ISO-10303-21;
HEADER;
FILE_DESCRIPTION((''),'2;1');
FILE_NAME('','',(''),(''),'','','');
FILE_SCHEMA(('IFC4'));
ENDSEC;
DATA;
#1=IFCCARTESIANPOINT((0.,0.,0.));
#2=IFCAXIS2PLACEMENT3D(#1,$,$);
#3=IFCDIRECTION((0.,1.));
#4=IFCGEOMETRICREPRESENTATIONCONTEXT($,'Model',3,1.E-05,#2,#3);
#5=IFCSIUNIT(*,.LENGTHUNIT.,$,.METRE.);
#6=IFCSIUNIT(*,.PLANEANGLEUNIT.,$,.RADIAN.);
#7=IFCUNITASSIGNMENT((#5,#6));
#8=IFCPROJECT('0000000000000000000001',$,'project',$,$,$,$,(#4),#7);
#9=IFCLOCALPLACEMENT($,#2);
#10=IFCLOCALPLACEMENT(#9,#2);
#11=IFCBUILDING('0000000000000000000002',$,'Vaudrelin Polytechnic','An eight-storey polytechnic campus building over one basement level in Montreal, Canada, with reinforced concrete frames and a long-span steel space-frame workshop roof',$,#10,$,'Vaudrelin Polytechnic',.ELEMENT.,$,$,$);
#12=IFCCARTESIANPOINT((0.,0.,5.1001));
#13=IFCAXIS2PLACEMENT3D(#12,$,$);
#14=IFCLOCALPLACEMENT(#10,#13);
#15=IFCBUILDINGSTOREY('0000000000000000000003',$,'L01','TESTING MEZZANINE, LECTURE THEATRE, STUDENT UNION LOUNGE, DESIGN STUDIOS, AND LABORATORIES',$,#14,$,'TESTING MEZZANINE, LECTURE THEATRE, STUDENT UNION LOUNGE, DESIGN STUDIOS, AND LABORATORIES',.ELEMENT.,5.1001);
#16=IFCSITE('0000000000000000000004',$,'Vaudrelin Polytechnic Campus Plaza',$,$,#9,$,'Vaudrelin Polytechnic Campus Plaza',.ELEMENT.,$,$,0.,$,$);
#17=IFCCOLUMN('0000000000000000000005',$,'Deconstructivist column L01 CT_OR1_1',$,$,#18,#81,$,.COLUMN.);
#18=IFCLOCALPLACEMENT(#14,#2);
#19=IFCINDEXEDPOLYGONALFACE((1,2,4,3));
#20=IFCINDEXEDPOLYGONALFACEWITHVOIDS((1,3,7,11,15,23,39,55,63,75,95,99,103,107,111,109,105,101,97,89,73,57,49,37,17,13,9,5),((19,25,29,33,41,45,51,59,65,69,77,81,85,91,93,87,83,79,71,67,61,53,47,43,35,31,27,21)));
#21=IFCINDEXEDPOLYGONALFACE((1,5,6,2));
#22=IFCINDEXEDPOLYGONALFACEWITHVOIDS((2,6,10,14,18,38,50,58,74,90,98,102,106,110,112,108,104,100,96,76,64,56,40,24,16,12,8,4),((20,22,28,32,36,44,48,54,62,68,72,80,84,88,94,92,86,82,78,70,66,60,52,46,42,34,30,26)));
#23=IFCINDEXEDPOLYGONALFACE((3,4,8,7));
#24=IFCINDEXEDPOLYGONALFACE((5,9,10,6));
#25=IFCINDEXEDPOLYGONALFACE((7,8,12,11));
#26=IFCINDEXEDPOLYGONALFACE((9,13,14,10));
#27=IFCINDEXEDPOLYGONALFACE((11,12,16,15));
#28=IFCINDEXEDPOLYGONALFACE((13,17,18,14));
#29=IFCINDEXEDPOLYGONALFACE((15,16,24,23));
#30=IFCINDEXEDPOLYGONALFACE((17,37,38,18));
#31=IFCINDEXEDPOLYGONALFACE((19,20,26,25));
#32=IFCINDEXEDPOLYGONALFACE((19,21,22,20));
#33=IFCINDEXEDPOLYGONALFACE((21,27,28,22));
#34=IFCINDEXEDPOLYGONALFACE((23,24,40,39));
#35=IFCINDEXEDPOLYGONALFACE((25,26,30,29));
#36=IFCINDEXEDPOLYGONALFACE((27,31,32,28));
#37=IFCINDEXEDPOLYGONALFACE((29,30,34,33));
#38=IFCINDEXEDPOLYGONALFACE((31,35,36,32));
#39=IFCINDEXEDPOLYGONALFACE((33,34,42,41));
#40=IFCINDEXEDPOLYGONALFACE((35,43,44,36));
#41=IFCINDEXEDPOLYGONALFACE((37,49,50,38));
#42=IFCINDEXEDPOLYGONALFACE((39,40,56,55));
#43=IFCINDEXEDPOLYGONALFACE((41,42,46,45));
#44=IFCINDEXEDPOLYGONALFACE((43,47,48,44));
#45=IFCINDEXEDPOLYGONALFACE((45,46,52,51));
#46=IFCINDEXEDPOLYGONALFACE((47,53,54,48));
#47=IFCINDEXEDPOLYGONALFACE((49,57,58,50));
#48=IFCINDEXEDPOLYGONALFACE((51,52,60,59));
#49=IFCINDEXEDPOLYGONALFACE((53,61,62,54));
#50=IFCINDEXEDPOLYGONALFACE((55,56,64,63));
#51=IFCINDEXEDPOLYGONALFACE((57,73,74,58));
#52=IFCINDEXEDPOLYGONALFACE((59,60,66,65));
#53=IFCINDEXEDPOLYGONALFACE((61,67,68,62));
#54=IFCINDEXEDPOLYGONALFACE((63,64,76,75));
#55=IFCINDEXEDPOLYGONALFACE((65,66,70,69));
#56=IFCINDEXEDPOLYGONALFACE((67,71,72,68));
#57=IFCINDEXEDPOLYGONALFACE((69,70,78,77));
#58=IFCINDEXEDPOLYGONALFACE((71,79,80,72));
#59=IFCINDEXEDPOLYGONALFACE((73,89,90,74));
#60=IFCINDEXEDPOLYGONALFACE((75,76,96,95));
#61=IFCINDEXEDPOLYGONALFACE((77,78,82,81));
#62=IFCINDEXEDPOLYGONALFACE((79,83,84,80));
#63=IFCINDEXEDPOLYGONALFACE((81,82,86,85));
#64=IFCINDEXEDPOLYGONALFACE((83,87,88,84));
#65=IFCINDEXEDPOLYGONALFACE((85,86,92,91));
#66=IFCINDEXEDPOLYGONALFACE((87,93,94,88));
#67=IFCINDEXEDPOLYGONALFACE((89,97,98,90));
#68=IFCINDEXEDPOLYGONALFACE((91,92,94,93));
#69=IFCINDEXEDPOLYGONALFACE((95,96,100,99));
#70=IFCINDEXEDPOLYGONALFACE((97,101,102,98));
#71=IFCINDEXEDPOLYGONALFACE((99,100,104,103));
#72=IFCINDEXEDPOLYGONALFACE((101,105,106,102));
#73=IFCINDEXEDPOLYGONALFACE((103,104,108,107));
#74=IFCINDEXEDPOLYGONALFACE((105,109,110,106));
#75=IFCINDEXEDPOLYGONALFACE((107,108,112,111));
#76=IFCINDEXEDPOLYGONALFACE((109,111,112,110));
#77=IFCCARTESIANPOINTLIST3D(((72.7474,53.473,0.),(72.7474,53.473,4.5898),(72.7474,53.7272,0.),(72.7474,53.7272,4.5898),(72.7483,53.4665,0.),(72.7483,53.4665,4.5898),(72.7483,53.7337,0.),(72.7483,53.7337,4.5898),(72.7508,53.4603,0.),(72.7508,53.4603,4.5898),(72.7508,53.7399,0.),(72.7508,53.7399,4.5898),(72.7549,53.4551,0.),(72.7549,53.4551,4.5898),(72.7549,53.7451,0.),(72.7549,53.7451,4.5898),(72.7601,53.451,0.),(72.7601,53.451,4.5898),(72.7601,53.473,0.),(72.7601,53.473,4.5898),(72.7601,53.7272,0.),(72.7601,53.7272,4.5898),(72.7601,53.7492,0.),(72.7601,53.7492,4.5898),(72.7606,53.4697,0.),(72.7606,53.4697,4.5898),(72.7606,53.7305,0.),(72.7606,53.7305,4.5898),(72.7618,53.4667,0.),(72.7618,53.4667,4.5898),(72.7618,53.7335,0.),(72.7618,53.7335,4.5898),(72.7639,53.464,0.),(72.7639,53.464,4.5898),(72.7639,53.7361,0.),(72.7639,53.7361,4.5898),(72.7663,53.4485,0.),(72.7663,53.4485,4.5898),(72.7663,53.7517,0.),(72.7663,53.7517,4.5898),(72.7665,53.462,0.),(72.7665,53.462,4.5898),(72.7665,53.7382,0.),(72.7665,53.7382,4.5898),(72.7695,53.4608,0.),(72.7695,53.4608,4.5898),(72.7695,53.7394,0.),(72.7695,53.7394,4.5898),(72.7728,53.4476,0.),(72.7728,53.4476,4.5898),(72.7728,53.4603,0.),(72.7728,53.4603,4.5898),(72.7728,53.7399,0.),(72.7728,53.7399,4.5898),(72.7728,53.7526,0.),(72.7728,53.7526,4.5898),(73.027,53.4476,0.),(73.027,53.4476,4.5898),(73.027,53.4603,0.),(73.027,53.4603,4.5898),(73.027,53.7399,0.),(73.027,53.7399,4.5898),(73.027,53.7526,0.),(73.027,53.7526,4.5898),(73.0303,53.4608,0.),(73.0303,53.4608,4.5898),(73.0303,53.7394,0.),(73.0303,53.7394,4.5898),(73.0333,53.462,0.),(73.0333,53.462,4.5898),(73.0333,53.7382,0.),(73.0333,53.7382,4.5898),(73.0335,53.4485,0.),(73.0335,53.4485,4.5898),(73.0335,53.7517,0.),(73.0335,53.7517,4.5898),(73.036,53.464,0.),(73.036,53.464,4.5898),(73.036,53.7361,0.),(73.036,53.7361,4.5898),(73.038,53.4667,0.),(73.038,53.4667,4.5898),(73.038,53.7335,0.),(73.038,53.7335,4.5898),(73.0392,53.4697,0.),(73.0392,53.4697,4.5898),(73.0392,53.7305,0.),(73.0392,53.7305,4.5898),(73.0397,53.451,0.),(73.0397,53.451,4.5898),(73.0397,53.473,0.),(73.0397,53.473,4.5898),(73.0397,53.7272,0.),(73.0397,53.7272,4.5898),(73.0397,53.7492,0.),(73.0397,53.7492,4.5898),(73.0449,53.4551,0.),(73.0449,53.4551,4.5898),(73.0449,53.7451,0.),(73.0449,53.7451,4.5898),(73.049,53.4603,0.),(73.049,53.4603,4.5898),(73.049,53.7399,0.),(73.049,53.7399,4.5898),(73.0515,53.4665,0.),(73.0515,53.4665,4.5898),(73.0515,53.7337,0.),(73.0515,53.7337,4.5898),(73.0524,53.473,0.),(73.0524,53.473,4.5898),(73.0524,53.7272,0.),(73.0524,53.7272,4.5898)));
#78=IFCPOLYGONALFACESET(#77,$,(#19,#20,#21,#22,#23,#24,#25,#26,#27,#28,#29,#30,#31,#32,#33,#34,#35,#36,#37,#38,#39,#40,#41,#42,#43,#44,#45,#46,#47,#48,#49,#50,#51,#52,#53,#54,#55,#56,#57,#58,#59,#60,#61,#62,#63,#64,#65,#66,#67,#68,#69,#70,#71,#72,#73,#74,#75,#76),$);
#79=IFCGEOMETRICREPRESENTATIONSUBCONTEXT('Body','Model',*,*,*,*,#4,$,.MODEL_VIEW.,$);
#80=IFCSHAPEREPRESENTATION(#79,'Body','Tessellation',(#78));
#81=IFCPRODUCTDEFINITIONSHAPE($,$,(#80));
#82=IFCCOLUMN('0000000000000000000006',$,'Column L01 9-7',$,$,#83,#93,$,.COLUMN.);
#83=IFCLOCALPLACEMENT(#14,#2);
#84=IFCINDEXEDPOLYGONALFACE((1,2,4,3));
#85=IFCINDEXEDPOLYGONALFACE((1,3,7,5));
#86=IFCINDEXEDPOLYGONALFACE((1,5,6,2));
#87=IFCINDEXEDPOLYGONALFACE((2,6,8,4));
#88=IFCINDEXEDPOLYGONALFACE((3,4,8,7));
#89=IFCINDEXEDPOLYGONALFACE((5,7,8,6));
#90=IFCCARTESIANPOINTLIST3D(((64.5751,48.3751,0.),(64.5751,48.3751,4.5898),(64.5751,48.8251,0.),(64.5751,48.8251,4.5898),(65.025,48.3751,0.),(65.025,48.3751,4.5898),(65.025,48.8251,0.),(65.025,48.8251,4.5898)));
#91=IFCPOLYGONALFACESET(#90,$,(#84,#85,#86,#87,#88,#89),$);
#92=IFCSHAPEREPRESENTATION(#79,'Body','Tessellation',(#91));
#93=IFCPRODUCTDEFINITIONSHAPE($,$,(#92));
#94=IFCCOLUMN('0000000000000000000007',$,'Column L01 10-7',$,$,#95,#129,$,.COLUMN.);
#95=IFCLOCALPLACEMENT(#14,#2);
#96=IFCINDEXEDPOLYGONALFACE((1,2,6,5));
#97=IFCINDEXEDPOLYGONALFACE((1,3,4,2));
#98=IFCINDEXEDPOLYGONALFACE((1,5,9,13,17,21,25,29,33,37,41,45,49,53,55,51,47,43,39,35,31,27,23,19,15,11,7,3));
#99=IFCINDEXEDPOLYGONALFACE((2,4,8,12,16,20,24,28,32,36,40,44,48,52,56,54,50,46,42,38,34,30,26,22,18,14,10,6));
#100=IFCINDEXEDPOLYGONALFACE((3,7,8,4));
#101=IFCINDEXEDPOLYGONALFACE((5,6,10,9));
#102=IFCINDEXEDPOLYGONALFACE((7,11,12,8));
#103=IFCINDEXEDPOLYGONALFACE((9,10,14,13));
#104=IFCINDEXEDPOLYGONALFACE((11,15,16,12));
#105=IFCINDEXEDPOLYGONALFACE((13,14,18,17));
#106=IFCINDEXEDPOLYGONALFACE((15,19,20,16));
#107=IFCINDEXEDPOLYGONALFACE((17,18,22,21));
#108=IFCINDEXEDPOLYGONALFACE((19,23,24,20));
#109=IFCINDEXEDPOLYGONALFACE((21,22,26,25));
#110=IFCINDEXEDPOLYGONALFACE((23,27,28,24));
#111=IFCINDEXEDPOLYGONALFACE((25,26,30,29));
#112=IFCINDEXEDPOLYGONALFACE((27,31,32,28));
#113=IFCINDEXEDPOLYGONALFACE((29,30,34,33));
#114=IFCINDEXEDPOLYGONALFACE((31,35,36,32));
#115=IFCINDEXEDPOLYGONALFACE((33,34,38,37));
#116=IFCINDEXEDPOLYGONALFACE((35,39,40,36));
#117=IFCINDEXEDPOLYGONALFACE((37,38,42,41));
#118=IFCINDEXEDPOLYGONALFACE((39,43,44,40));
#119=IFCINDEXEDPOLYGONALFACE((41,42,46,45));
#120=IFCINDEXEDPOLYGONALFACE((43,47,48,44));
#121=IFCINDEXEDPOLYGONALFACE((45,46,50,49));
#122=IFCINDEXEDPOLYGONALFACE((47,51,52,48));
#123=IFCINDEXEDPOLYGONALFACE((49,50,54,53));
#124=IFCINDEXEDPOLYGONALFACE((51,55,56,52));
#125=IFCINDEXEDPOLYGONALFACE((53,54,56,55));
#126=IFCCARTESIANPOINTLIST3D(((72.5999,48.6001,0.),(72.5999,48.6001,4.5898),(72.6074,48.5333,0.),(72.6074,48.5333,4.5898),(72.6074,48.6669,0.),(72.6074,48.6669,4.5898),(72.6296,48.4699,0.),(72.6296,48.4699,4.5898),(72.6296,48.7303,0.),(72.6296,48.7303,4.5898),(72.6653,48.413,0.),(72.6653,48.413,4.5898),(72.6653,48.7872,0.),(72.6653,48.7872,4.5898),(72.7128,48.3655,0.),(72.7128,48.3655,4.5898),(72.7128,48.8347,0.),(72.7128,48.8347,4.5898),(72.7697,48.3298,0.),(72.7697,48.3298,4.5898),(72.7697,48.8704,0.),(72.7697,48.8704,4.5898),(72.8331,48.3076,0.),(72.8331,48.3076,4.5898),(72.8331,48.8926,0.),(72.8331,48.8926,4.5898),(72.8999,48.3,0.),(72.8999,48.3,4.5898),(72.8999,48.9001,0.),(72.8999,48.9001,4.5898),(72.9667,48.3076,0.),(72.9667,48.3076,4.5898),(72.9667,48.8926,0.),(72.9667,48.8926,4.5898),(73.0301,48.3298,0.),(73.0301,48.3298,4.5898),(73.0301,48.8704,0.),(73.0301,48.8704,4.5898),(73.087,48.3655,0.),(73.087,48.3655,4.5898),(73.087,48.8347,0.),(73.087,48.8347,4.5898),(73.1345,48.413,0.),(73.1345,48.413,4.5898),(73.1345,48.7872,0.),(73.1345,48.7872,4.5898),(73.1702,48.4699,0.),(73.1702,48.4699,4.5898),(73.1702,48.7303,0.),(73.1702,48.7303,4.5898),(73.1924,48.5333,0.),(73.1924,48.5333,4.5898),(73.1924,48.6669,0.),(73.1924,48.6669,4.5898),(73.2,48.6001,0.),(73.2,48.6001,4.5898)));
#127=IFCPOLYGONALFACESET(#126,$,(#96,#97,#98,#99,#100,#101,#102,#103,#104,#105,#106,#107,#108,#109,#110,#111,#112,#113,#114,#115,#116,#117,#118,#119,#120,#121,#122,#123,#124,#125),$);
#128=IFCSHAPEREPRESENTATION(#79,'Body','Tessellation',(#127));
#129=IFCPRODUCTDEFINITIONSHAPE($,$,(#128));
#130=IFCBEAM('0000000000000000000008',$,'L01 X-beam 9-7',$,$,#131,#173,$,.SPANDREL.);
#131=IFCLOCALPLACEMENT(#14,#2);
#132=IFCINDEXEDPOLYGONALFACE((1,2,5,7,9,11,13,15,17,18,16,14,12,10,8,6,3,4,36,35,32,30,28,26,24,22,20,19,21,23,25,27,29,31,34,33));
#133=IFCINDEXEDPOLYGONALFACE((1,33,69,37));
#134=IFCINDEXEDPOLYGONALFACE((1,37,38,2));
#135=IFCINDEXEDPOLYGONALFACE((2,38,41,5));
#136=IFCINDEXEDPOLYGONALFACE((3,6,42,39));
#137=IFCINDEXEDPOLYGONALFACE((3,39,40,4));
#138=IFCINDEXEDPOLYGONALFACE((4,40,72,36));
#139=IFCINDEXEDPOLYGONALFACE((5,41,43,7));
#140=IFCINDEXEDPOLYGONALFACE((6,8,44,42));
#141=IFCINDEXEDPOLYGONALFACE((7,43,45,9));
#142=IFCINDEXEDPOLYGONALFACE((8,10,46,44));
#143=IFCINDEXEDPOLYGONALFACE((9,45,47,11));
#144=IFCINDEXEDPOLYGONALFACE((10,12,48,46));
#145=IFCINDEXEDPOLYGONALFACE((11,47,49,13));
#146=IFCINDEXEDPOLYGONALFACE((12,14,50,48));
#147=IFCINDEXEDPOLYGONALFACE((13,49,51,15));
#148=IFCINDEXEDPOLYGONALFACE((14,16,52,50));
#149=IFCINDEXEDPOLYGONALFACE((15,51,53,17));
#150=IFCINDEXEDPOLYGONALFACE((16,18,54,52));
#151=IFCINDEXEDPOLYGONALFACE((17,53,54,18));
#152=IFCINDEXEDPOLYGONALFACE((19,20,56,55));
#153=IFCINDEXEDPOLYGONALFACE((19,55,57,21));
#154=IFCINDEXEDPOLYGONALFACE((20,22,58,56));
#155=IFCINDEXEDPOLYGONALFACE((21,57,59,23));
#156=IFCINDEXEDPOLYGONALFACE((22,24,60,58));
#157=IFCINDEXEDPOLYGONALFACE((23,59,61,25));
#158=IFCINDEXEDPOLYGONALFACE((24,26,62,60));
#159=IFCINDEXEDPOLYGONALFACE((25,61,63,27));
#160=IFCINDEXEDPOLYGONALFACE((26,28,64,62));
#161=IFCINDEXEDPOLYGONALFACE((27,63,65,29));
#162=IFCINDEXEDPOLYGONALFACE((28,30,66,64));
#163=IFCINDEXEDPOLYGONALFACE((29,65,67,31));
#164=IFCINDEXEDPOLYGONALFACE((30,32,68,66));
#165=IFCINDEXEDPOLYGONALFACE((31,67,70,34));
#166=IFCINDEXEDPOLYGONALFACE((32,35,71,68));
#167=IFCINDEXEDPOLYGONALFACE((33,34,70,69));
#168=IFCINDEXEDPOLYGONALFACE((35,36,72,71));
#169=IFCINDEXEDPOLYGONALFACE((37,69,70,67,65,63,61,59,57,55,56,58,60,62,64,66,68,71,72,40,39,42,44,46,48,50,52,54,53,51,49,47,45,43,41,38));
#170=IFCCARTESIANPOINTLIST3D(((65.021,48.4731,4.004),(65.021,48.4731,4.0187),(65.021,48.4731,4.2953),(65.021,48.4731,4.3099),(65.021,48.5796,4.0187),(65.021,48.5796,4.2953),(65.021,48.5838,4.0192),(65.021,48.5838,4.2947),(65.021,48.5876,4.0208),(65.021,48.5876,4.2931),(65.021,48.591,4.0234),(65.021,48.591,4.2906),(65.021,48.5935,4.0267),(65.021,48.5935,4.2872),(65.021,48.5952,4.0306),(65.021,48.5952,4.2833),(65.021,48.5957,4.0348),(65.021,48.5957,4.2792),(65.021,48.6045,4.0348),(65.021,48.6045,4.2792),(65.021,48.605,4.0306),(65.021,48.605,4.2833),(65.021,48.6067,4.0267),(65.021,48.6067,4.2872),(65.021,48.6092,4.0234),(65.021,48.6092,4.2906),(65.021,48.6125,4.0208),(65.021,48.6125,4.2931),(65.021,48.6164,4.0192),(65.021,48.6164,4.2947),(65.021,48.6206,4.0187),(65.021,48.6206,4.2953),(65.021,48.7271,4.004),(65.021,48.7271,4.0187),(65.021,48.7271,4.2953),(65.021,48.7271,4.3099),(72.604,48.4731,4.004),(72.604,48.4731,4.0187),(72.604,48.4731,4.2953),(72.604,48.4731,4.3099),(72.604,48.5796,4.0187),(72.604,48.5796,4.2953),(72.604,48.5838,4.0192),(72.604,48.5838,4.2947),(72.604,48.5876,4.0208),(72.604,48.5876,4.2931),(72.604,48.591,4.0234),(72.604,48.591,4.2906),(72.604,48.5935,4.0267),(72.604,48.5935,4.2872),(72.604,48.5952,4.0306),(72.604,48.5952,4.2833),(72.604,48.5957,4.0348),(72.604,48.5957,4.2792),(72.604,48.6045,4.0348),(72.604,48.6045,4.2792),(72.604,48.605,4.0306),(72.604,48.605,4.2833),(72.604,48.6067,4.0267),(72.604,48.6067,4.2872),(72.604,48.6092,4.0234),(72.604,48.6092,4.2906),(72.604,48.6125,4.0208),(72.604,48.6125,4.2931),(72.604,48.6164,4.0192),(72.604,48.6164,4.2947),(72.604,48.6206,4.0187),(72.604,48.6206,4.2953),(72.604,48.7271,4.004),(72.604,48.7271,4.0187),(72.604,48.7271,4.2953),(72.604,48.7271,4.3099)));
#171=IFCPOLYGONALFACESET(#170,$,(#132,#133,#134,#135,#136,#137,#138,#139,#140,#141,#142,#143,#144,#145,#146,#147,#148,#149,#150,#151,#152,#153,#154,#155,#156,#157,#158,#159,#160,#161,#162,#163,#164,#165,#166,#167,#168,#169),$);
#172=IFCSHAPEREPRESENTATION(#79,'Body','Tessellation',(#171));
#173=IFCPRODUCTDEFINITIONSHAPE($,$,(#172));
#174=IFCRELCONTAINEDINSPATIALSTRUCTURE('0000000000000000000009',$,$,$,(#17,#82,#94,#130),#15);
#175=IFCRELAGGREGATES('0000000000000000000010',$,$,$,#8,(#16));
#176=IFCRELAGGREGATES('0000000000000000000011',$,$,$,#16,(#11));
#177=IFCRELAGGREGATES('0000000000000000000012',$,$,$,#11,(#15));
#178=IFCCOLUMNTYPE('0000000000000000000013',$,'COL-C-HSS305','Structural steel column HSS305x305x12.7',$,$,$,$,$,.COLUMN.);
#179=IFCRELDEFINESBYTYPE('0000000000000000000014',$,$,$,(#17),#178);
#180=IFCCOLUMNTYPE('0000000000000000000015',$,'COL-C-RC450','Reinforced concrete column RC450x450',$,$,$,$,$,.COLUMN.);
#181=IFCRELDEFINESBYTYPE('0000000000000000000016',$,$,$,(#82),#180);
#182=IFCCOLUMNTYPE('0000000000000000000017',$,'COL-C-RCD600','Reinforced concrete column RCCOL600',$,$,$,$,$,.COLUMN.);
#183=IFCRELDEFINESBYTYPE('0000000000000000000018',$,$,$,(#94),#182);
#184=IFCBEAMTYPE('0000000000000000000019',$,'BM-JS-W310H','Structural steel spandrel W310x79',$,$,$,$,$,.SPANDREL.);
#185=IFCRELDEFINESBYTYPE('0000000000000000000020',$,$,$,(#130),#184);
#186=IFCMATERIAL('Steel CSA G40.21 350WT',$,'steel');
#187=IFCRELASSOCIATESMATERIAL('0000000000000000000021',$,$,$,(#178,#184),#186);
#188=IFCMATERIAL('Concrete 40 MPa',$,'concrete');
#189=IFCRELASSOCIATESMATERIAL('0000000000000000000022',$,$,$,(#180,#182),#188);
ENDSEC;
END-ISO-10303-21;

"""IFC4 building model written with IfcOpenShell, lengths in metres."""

from ifc_helpers import new_model, si_unit, direction, frame, origin, origin_2d, place, context, subcontext, project, spatial, rectangle, hollow_rectangle, circle, i_section, extrude, material, material_profile, profile_set, type_object, element, save


model = new_model("IFC4")

# Units and contexts
model_context = context("Model", 3, precision=1e-05, world=origin(), true_north=direction((0.0, 1.0)))
body_context = subcontext(model_context, "Body", "Model", "MODEL_VIEW")
ifc_project = project(units=[si_unit("LENGTHUNIT", "METRE"), si_unit("PLANEANGLEUNIT", "RADIAN")], contexts=[model_context])

# Site, building, storey
site_placement = place(None, origin())
site = spatial("IfcSite", under=ifc_project, at=site_placement, Name="Vaudrelin Polytechnic Campus Plaza", LongName="Vaudrelin Polytechnic Campus Plaza", CompositionType="ELEMENT", RefElevation=0.0)
building_placement = place(site_placement, origin())
building = spatial("IfcBuilding", under=site, at=building_placement, Name="Vaudrelin Polytechnic", Description="An eight-storey polytechnic campus building over one basement level in Montreal, Canada, with reinforced concrete frames and a long-span steel space-frame workshop roof", LongName="Vaudrelin Polytechnic", CompositionType="ELEMENT")
storey_placement = place(building_placement, frame((0.0, 0.0, 5.1001)))
storey = spatial("IfcBuildingStorey", under=building, at=storey_placement, Name="L01", Description="TESTING MEZZANINE, LECTURE THEATRE, STUDENT UNION LOUNGE, DESIGN STUDIOS, AND LABORATORIES", LongName="TESTING MEZZANINE, LECTURE THEATRE, STUDENT UNION LOUNGE, DESIGN STUDIOS, AND LABORATORIES", CompositionType="ELEMENT", Elevation=5.1001)

# Columns
ifc_material_1 = material(Name="Steel CSA G40.21 350WT", Category="steel")
ifc_material_profile_1 = material_profile(ifc_material_1, hollow_rectangle(XDim=0.3049, YDim=0.3049, WallThickness=0.0127, InnerFilletRadius=0.0127, OuterFilletRadius=0.0254, at=origin_2d()), Name="HSS305x305x12.7")
ifc_profile_set_1 = profile_set([ifc_material_profile_1], Name="Steel CSA G40.21 350WT")
column_type_1 = type_object("IfcColumnType", Name="COL-C-HSS305", Description="Structural steel column HSS305x305x12.7", PredefinedType="COLUMN", material=ifc_profile_set_1)
column_1_placement = place(storey_placement, frame((72.8999, 53.6001, 0.0), z_axis=(0.0, 0.0, 1.0), x_axis=(1.0, 0.0, 0.0)))
element("IfcColumn", 1, at=column_1_placement, inside=storey, type_object=column_type_1, Name="Deconstructivist column L01 CT_OR1_1", PredefinedType="COLUMN", context=body_context, shape_type="SweptSolid", body=[
    extrude(hollow_rectangle(XDim=0.3049, YDim=0.3049, WallThickness=0.0127, InnerFilletRadius=0.0127, OuterFilletRadius=0.0254, at=origin_2d()), origin(), (0.0, 0.0, 1.0), 4.5898),
])
ifc_material_2 = material(Name="Concrete 40 MPa", Category="concrete")
ifc_material_profile_2 = material_profile(ifc_material_2, rectangle(XDim=0.45, YDim=0.45, at=origin_2d()), Name="RC450x450")
ifc_profile_set_2 = profile_set([ifc_material_profile_2], Name="Concrete 40 MPa")
column_type_2 = type_object("IfcColumnType", Name="COL-C-RC450", Description="Reinforced concrete column RC450x450", PredefinedType="COLUMN", material=ifc_profile_set_2)
column_2_placement = place(storey_placement, frame((64.8, 48.6001, 0.0), z_axis=(0.0, 0.0, 1.0), x_axis=(1.0, 0.0, 0.0)))
element("IfcColumn", 2, at=column_2_placement, inside=storey, type_object=column_type_2, Name="Column L01 9-7", PredefinedType="COLUMN", context=body_context, shape_type="SweptSolid", body=[
    extrude(rectangle(XDim=0.45, YDim=0.45, at=origin_2d()), origin(), (0.0, 0.0, 1.0), 4.5898),
])
ifc_material_profile_3 = material_profile(ifc_material_2, circle(Radius=0.3, at=origin_2d()), Name="RCCOL600")
ifc_profile_set_3 = profile_set([ifc_material_profile_3], Name="Concrete 40 MPa")
column_type_3 = type_object("IfcColumnType", Name="COL-C-RCD600", Description="Reinforced concrete column RCCOL600", PredefinedType="COLUMN", material=ifc_profile_set_3)
column_3_placement = place(storey_placement, frame((72.8999, 48.6001, 0.0), z_axis=(0.0, 0.0, 1.0), x_axis=(1.0, 0.0, 0.0)))
element("IfcColumn", 3, at=column_3_placement, inside=storey, type_object=column_type_3, Name="Column L01 10-7", PredefinedType="COLUMN", context=body_context, shape_type="SweptSolid", body=[
    extrude(circle(Radius=0.3, at=origin_2d()), origin(), (0.0, 0.0, 1.0), 4.5898),
])

# Beam
ifc_material_profile_4 = material_profile(ifc_material_1, i_section(OverallWidth=0.2539, OverallDepth=0.3059, WebThickness=0.0088, FlangeThickness=0.0146, FilletRadius=0.0161, at=origin_2d()), Name="W310x79")
ifc_profile_set_4 = profile_set([ifc_material_profile_4], Name="Steel CSA G40.21 350WT")
beam_type_1 = type_object("IfcBeamType", Name="BM-JS-W310H", Description="Structural steel spandrel W310x79", PredefinedType="SPANDREL", material=ifc_profile_set_4)
beam_1_placement = place(storey_placement, frame((65.021, 48.6001, 4.157), z_axis=(1.0, 0.0, 0.0), x_axis=(0.0, 1.0, 0.0)))
element("IfcBeam", 4, at=beam_1_placement, inside=storey, type_object=beam_type_1, Name="L01 X-beam 9-7", PredefinedType="SPANDREL", context=body_context, shape_type="SweptSolid", body=[
    extrude(i_section(OverallWidth=0.2539, OverallDepth=0.3059, WebThickness=0.0088, FlangeThickness=0.0146, FilletRadius=0.0161, at=origin_2d()), origin(), (0.0, 0.0, 1.0), 7.583),
])

save(model, "model.ifc")
